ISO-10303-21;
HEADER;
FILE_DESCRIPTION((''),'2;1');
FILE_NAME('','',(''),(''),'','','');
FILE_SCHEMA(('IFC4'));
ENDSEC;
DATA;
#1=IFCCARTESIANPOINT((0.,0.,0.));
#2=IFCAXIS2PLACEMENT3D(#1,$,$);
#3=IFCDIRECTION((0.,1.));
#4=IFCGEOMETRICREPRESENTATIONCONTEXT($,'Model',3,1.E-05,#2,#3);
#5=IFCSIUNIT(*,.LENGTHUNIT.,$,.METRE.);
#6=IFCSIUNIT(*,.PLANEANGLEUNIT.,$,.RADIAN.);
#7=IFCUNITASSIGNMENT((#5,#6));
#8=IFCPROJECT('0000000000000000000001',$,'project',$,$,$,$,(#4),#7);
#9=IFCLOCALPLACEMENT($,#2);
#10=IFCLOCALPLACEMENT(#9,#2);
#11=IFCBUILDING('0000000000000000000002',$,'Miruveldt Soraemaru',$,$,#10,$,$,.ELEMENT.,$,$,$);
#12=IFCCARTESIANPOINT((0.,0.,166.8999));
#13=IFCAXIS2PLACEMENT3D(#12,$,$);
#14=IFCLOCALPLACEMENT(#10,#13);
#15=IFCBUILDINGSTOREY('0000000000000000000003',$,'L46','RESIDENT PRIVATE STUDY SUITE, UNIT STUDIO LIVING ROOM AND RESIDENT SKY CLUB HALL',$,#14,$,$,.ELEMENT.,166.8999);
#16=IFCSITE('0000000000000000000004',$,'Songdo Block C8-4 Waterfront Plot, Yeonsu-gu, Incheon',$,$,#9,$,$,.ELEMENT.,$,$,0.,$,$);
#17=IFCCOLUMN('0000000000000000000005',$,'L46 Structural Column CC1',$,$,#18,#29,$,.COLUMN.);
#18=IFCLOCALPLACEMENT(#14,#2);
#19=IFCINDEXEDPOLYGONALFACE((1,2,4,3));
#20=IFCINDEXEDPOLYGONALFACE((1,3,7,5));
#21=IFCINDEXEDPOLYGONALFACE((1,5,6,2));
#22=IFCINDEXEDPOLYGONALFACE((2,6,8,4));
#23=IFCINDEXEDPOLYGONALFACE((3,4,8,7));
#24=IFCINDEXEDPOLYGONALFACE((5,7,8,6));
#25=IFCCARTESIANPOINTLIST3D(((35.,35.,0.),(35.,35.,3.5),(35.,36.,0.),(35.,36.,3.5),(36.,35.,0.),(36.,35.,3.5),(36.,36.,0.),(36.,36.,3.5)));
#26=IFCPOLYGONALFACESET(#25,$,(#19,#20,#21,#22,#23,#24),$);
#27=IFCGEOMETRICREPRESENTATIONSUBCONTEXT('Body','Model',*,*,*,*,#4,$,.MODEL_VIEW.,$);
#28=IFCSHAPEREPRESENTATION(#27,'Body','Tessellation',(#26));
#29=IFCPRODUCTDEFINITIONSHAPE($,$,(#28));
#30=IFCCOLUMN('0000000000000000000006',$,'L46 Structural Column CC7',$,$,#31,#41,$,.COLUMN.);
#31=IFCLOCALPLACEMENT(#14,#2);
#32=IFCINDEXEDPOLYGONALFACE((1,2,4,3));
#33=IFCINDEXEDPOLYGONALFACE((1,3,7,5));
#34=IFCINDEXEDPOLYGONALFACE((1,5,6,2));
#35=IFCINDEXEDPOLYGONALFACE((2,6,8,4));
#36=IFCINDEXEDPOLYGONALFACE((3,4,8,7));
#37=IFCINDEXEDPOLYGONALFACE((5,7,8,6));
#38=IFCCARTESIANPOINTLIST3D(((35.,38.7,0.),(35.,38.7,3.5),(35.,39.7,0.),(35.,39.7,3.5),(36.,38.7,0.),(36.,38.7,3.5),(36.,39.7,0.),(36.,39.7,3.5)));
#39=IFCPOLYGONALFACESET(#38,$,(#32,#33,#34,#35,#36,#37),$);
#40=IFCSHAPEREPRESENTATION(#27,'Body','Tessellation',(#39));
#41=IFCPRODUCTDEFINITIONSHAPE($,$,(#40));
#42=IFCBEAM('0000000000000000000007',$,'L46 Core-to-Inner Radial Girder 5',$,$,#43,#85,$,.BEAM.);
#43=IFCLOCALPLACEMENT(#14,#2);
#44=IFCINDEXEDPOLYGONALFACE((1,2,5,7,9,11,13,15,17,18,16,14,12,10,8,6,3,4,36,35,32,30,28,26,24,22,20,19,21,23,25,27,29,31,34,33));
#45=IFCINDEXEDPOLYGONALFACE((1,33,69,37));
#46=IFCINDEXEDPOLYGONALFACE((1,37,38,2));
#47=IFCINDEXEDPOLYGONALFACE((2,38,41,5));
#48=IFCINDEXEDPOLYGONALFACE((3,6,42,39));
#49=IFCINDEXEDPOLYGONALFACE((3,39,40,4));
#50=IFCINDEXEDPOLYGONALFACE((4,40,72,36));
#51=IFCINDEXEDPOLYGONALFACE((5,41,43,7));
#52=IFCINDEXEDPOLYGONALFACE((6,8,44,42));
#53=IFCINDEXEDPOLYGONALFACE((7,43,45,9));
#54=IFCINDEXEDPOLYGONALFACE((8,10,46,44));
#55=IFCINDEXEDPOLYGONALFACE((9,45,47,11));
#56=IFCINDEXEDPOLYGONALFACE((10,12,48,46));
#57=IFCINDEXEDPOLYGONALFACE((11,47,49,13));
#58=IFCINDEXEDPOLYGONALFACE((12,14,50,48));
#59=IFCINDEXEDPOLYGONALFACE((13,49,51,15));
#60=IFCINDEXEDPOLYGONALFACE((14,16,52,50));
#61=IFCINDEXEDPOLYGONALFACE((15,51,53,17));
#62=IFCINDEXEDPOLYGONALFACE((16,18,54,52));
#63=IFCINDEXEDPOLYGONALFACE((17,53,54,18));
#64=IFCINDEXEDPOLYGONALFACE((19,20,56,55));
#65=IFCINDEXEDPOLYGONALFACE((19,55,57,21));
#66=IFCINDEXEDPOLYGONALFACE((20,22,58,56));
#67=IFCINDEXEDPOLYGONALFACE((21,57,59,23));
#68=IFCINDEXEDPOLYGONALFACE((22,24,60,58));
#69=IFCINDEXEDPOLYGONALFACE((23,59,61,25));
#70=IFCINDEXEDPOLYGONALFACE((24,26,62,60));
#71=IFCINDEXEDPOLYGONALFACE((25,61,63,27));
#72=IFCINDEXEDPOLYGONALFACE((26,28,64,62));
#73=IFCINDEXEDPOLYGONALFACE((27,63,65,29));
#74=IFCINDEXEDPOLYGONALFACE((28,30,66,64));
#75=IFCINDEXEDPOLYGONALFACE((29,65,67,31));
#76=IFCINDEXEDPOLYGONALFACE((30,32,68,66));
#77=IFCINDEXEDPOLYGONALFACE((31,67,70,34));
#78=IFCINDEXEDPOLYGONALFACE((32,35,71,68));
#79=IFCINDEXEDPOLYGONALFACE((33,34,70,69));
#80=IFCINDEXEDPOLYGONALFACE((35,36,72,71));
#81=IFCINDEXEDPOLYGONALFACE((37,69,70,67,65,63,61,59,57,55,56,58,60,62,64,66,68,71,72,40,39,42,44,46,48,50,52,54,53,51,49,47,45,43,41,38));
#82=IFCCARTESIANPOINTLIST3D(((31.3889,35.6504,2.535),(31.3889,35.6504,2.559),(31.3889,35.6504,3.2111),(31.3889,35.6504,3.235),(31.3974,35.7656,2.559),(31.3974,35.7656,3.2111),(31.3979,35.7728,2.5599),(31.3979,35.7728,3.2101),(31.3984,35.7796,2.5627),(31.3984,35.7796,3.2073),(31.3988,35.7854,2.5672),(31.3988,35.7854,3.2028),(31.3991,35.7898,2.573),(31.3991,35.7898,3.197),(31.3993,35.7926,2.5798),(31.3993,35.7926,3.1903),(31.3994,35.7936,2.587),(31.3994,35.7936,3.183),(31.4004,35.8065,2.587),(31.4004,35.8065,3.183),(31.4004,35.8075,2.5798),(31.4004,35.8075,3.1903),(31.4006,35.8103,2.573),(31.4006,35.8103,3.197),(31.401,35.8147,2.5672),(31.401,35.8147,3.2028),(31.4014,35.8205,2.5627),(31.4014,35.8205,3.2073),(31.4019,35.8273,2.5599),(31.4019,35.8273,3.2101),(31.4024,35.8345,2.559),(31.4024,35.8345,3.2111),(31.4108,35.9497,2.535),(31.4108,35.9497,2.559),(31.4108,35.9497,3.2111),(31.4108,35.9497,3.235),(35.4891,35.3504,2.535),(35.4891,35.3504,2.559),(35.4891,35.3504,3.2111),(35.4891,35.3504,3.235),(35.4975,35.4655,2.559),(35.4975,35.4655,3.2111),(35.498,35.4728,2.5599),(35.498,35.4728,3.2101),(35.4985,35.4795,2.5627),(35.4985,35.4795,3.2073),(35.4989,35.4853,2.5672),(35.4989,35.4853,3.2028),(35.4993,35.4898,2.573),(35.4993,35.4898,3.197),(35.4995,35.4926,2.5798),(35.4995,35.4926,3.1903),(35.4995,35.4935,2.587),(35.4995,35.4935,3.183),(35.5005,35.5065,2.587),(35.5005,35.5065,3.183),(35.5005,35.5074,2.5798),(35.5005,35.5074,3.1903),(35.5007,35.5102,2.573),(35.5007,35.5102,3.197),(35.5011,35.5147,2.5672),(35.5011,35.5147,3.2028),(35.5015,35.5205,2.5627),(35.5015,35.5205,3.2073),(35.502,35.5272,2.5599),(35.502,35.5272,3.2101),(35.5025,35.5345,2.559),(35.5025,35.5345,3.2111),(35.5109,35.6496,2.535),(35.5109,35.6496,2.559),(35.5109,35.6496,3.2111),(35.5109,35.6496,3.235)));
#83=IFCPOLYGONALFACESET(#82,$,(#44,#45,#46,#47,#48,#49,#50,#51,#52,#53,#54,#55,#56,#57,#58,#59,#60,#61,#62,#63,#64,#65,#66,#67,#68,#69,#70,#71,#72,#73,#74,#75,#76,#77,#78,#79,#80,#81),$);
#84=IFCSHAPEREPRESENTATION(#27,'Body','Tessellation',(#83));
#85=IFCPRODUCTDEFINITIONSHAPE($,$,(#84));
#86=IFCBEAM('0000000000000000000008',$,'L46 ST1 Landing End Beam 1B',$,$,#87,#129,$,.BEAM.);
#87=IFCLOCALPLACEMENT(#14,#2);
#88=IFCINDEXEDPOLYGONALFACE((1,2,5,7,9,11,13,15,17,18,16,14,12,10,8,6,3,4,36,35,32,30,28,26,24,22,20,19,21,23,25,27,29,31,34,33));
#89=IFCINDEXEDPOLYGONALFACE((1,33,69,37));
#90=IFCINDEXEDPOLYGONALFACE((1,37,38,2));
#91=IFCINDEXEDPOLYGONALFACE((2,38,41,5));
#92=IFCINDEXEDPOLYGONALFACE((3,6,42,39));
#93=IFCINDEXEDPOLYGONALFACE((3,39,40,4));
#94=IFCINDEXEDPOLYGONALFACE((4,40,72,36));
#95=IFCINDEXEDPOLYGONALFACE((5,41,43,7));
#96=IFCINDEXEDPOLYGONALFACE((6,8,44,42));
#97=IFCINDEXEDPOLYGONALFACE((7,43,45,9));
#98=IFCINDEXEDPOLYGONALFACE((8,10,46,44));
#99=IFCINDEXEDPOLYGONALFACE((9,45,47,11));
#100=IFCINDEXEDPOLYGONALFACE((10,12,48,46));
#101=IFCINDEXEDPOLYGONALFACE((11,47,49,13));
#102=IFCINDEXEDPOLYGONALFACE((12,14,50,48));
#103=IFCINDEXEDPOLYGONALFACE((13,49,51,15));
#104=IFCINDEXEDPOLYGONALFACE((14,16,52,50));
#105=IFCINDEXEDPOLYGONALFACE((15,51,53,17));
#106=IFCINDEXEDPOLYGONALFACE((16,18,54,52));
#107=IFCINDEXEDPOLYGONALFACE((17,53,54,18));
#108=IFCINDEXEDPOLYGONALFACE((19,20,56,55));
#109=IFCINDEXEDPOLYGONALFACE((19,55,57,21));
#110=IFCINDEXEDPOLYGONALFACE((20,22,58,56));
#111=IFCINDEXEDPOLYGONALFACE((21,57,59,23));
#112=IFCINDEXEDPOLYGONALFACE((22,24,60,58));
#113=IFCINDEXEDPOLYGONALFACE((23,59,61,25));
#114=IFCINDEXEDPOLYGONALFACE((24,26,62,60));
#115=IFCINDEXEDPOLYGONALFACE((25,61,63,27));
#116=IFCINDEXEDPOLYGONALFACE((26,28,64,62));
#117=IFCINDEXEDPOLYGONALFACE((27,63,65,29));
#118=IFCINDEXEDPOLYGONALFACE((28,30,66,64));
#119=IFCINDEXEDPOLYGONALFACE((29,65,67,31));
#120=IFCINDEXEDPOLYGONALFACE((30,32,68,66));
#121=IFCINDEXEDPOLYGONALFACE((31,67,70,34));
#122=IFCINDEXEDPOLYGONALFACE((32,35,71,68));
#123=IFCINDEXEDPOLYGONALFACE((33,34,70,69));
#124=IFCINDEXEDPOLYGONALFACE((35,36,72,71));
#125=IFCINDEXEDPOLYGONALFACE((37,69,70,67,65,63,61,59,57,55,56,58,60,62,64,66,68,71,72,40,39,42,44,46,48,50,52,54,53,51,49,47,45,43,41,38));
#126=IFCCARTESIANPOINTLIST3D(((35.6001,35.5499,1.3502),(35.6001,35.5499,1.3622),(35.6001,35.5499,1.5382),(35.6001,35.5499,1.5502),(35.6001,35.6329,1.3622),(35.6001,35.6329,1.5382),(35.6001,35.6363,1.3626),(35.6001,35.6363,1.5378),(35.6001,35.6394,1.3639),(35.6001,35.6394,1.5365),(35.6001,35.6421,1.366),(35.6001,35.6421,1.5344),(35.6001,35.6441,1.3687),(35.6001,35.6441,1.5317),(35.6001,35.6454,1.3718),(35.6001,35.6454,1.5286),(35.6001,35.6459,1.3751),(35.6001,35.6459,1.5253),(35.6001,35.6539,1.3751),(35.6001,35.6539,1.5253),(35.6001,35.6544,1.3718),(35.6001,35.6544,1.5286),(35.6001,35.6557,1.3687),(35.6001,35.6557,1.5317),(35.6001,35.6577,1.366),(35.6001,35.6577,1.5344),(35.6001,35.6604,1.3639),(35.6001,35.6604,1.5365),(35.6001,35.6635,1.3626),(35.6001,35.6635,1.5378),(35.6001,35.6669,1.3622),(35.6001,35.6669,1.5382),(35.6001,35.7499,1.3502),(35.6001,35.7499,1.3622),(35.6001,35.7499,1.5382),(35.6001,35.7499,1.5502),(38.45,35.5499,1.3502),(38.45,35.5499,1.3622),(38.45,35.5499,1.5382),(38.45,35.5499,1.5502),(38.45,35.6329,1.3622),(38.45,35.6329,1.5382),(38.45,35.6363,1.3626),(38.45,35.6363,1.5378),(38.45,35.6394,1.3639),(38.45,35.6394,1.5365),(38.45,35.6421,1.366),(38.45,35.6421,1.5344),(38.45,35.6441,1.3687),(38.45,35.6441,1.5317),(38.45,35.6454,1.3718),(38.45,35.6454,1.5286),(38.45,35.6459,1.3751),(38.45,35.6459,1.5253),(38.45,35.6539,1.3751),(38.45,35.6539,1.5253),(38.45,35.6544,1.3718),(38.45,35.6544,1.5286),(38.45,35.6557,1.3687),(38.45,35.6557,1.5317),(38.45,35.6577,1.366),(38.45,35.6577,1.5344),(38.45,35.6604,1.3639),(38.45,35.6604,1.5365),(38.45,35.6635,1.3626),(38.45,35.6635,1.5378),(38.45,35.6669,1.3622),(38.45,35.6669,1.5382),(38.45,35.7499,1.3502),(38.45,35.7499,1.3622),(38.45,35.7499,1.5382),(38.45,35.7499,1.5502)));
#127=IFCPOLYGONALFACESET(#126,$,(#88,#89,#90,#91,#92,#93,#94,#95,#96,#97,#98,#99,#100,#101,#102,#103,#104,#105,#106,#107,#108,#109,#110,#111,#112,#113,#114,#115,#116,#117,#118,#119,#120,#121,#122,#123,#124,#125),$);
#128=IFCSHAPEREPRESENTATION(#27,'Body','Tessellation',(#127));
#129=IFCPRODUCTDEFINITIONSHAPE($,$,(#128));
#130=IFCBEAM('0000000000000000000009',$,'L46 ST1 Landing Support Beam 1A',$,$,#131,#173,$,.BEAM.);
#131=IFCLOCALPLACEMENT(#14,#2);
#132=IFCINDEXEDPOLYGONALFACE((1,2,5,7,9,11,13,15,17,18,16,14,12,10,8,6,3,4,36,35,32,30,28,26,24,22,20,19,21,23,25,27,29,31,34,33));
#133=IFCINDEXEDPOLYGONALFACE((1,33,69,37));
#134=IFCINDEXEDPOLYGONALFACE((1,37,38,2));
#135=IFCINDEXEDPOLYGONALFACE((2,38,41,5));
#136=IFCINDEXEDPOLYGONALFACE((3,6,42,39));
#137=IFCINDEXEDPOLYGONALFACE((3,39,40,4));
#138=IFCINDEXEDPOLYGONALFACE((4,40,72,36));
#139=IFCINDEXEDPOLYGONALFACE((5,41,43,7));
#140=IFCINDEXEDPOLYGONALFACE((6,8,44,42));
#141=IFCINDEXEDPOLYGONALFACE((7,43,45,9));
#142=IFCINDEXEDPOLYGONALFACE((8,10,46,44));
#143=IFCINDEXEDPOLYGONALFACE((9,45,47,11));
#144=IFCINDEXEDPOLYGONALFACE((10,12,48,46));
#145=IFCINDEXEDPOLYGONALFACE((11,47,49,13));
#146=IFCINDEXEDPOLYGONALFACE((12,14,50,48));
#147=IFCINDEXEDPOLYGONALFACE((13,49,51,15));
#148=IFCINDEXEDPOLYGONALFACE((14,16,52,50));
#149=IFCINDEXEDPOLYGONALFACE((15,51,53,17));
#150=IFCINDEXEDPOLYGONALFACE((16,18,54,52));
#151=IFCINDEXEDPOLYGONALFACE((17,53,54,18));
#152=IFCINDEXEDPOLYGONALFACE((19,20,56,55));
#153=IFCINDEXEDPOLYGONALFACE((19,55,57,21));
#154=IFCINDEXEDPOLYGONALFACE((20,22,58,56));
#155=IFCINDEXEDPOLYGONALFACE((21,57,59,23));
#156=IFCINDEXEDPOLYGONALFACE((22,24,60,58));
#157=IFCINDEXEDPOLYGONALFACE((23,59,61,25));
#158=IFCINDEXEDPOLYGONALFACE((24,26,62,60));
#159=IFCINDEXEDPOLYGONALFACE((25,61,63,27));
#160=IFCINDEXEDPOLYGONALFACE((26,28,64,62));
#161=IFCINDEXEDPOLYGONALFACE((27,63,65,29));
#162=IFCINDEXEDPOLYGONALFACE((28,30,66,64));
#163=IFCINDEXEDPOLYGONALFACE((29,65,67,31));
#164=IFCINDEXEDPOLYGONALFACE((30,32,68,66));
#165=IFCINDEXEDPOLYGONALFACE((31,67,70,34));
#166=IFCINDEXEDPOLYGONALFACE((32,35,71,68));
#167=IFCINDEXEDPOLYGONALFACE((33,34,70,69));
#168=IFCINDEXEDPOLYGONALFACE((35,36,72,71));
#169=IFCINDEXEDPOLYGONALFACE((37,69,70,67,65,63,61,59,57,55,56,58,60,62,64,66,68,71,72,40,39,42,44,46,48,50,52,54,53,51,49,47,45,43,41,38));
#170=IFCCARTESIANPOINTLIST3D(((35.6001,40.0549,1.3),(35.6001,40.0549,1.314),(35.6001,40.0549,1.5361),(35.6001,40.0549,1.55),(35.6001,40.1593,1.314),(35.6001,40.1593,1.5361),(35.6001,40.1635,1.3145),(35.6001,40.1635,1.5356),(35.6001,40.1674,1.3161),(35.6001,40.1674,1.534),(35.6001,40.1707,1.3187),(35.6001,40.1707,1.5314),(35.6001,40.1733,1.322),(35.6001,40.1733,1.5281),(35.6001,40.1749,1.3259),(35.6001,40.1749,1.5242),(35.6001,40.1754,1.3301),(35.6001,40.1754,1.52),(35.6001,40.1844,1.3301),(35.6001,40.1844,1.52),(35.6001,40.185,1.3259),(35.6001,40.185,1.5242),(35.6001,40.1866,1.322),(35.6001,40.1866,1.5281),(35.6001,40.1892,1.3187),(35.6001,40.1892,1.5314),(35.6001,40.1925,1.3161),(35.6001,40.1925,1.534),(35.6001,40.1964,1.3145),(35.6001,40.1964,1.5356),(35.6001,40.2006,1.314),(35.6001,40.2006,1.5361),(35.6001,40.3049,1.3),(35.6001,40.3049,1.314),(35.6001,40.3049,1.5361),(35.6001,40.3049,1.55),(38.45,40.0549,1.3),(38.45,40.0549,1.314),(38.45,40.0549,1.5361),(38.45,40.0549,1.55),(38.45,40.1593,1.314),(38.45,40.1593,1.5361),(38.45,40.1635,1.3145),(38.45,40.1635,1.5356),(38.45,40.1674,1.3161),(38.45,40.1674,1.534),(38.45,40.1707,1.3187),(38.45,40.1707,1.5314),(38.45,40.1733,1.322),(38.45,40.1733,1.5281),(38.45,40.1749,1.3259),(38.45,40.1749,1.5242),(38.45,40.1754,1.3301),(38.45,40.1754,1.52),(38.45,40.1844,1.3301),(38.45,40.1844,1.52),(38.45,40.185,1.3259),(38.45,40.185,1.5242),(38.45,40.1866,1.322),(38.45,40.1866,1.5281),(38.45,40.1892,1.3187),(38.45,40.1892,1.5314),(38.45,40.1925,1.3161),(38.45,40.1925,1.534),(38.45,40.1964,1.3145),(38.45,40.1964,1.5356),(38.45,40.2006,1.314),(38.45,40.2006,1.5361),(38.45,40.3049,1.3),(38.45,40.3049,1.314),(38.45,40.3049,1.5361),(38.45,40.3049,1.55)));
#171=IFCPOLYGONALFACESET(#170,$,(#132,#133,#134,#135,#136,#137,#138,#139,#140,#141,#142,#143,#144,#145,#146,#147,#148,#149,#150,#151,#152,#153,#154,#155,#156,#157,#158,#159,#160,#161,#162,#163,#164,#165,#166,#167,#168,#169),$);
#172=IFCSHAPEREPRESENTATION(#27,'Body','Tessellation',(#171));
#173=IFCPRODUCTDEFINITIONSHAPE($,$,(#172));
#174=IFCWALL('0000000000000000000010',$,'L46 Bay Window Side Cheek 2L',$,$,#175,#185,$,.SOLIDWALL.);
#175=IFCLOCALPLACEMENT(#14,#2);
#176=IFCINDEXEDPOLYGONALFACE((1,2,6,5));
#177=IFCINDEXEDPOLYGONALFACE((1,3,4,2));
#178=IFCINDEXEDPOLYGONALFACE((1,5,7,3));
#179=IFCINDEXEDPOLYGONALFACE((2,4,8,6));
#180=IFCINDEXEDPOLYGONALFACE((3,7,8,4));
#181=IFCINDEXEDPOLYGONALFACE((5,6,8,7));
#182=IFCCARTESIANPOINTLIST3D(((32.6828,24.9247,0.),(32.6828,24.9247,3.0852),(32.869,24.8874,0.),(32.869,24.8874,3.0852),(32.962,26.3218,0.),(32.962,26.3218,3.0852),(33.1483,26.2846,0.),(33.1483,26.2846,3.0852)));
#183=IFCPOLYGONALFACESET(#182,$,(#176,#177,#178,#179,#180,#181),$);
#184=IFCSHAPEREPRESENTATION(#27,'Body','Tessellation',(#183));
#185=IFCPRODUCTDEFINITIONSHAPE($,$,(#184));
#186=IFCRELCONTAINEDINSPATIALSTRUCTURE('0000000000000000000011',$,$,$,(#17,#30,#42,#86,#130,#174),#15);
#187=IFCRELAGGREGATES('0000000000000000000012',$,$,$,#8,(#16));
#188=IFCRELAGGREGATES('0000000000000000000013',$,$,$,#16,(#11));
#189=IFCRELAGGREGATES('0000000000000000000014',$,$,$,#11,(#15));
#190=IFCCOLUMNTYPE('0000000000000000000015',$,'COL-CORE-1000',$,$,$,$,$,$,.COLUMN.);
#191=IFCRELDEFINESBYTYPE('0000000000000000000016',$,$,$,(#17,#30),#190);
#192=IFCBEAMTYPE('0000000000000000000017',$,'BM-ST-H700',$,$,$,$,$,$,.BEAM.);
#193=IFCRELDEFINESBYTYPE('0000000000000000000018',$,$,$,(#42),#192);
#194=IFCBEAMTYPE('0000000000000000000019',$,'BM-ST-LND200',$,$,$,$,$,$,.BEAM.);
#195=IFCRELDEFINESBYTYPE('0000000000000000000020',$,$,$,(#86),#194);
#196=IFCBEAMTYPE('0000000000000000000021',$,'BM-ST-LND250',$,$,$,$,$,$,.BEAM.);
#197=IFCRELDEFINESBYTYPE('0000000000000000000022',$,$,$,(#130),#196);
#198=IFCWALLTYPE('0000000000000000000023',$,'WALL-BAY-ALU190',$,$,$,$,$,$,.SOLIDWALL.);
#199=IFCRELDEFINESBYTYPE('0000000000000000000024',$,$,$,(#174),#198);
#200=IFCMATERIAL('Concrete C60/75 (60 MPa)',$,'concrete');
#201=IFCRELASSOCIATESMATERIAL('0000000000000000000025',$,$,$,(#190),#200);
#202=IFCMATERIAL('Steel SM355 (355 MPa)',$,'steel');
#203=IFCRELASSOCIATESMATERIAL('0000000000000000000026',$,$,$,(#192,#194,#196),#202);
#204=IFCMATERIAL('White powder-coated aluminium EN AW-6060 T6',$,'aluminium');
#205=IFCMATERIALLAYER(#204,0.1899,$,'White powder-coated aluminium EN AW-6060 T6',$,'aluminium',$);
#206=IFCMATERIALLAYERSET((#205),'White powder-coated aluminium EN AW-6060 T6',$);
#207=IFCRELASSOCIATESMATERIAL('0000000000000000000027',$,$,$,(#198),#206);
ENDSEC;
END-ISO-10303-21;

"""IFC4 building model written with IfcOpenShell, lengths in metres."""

from ifc_helpers import new_model, si_unit, direction, frame, frame_2d, origin, origin_2d, place, context, subcontext, project, spatial, rectangle, i_section, extrude, material, layer, layer_set, material_profile, profile_set, type_object, element, save


model = new_model("IFC4")

# Units and contexts
model_context = context("Model", 3, precision=1e-05, world=origin(), true_north=direction((0.0, 1.0)))
body_context = subcontext(model_context, "Body", "Model", "MODEL_VIEW")
ifc_project = project(units=[si_unit("LENGTHUNIT", "METRE"), si_unit("PLANEANGLEUNIT", "RADIAN")], contexts=[model_context])

# Site, building, storey
site_placement = place(None, origin())
site = spatial("IfcSite", under=ifc_project, at=site_placement, Name="Songdo Block C8-4 Waterfront Plot, Yeonsu-gu, Incheon", CompositionType="ELEMENT", RefElevation=0.0)
building_placement = place(site_placement, origin())
building = spatial("IfcBuilding", under=site, at=building_placement, Name="Miruveldt Soraemaru", CompositionType="ELEMENT")
storey_placement = place(building_placement, frame((0.0, 0.0, 166.8999)))
storey = spatial("IfcBuildingStorey", under=building, at=storey_placement, Name="L46", Description="RESIDENT PRIVATE STUDY SUITE, UNIT STUDIO LIVING ROOM AND RESIDENT SKY CLUB HALL", CompositionType="ELEMENT", Elevation=166.8999)

# Columns
ifc_material_1 = material(Name="Concrete C60/75 (60 MPa)", Category="concrete")
ifc_material_profile_1 = material_profile(ifc_material_1, rectangle(XDim=1.0, YDim=1.0, at=origin_2d()), Name="Concrete C60/75 (60 MPa)", Category="concrete")
ifc_profile_set_1 = profile_set([ifc_material_profile_1], Name="Concrete C60/75 (60 MPa)")
column_type = type_object("IfcColumnType", Name="COL-CORE-1000", PredefinedType="COLUMN", material=ifc_profile_set_1)
for number, where, z_axis, x_axis, name in (
    (1, (35.5, 35.5, 0.0), (0.0, 0.0, 1.0), (1.0, 0.0, 0.0), "L46 Structural Column CC1"),
    (2, (35.5, 39.2, 0.0), (0.0, 0.0, 1.0), (1.0, 0.0, 0.0), "L46 Structural Column CC7"),
):
    element("IfcColumn", number, at=place(storey_placement, frame(where, z_axis=z_axis, x_axis=x_axis)), inside=storey, type_object=column_type, Name=name, PredefinedType="COLUMN", context=body_context, shape_type="SweptSolid", body=[
        extrude(rectangle(XDim=1.0, YDim=1.0, at=origin_2d()), origin(), (0.0, 0.0, 1.0), 3.5),
    ])

# Beams
ifc_material_2 = material(Name="Steel SM355 (355 MPa)", Category="steel")
ifc_material_profile_2 = material_profile(ifc_material_2, i_section(OverallWidth=0.3, OverallDepth=0.7, WebThickness=0.0129, FlangeThickness=0.0239, FilletRadius=0.0281, at=origin_2d()), Name="Steel SM355 (355 MPa)", Category="steel")
ifc_profile_set_2 = profile_set([ifc_material_profile_2], Name="Steel SM355 (355 MPa)")
beam_type_1 = type_object("IfcBeamType", Name="BM-ST-H700", PredefinedType="BEAM", material=ifc_profile_set_2)
beam_1_placement = place(storey_placement, frame((35.5, 35.5, 2.885), z_axis=(-0.997333, 0.072986, 0.0), x_axis=(-0.072986, -0.997333, 0.0)))
element("IfcBeam", 3, at=beam_1_placement, inside=storey, type_object=beam_type_1, Name="L46 Core-to-Inner Radial Girder 5", PredefinedType="BEAM", context=body_context, shape_type="SweptSolid", body=[
    extrude(i_section(OverallWidth=0.3, OverallDepth=0.7, WebThickness=0.0129, FlangeThickness=0.0239, FilletRadius=0.0281, at=origin_2d()), origin(), (0.0, 0.0, 1.0), 4.1111),
])
ifc_material_profile_3 = material_profile(ifc_material_2, i_section(OverallWidth=0.2, OverallDepth=0.2, WebThickness=0.0081, FlangeThickness=0.012, FilletRadius=0.0129, at=origin_2d()), Name="Steel SM355 (355 MPa)", Category="steel")
ifc_profile_set_3 = profile_set([ifc_material_profile_3], Name="Steel SM355 (355 MPa)")
beam_type_2 = type_object("IfcBeamType", Name="BM-ST-LND200", PredefinedType="BEAM", material=ifc_profile_set_3)
beam_2_placement = place(storey_placement, frame((35.6001, 35.6499, 1.4502), z_axis=(1.0, 0.0, 0.0), x_axis=(0.0, 1.0, 0.0)))
element("IfcBeam", 4, at=beam_2_placement, inside=storey, type_object=beam_type_2, Name="L46 ST1 Landing End Beam 1B", PredefinedType="BEAM", context=body_context, shape_type="SweptSolid", body=[
    extrude(i_section(OverallWidth=0.2, OverallDepth=0.2, WebThickness=0.0081, FlangeThickness=0.012, FilletRadius=0.0129, at=origin_2d()), origin(), (0.0, 0.0, 1.0), 2.8499),
])
ifc_material_profile_4 = material_profile(ifc_material_2, i_section(OverallWidth=0.25, OverallDepth=0.25, WebThickness=0.009, FlangeThickness=0.0139, FilletRadius=0.0161, at=origin_2d()), Name="Steel SM355 (355 MPa)", Category="steel")
ifc_profile_set_4 = profile_set([ifc_material_profile_4], Name="Steel SM355 (355 MPa)")
beam_type_3 = type_object("IfcBeamType", Name="BM-ST-LND250", PredefinedType="BEAM", material=ifc_profile_set_4)
beam_3_placement = place(storey_placement, frame((35.6001, 40.1799, 1.425), z_axis=(1.0, 0.0, 0.0), x_axis=(0.0, 1.0, 0.0)))
element("IfcBeam", 5, at=beam_3_placement, inside=storey, type_object=beam_type_3, Name="L46 ST1 Landing Support Beam 1A", PredefinedType="BEAM", context=body_context, shape_type="SweptSolid", body=[
    extrude(i_section(OverallWidth=0.25, OverallDepth=0.25, WebThickness=0.009, FlangeThickness=0.0139, FilletRadius=0.0161, at=origin_2d()), origin(), (0.0, 0.0, 1.0), 2.8499),
])

# Wall
ifc_material_3 = material(Name="White powder-coated aluminium EN AW-6060 T6", Category="aluminium")
ifc_layer_1 = layer(ifc_material_3, 0.1899, Name="White powder-coated aluminium EN AW-6060 T6", Category="aluminium")
ifc_layer_set_1 = layer_set([ifc_layer_1], Name="White powder-coated aluminium EN AW-6060 T6")
wall_type_1 = type_object("IfcWallType", Name="WALL-BAY-ALU190", PredefinedType="SOLIDWALL", material=ifc_layer_set_1)
wall_1_placement = place(storey_placement, frame((33.0552, 26.3032, 0.0), z_axis=(0.0, 0.0, 1.0), x_axis=(-0.196017, -0.9806, 0.0)))
element("IfcWall", 6, at=wall_1_placement, inside=storey, type_object=wall_type_1, Name="L46 Bay Window Side Cheek 2L", PredefinedType="SOLIDWALL", context=body_context, shape_type="SweptSolid", body=[
    extrude(rectangle(XDim=1.4248, YDim=0.1899, at=frame_2d((0.7124, 0.0))), origin(), (0.0, 0.0, 1.0), 3.0852),
])

save(model, "model.ifc")
